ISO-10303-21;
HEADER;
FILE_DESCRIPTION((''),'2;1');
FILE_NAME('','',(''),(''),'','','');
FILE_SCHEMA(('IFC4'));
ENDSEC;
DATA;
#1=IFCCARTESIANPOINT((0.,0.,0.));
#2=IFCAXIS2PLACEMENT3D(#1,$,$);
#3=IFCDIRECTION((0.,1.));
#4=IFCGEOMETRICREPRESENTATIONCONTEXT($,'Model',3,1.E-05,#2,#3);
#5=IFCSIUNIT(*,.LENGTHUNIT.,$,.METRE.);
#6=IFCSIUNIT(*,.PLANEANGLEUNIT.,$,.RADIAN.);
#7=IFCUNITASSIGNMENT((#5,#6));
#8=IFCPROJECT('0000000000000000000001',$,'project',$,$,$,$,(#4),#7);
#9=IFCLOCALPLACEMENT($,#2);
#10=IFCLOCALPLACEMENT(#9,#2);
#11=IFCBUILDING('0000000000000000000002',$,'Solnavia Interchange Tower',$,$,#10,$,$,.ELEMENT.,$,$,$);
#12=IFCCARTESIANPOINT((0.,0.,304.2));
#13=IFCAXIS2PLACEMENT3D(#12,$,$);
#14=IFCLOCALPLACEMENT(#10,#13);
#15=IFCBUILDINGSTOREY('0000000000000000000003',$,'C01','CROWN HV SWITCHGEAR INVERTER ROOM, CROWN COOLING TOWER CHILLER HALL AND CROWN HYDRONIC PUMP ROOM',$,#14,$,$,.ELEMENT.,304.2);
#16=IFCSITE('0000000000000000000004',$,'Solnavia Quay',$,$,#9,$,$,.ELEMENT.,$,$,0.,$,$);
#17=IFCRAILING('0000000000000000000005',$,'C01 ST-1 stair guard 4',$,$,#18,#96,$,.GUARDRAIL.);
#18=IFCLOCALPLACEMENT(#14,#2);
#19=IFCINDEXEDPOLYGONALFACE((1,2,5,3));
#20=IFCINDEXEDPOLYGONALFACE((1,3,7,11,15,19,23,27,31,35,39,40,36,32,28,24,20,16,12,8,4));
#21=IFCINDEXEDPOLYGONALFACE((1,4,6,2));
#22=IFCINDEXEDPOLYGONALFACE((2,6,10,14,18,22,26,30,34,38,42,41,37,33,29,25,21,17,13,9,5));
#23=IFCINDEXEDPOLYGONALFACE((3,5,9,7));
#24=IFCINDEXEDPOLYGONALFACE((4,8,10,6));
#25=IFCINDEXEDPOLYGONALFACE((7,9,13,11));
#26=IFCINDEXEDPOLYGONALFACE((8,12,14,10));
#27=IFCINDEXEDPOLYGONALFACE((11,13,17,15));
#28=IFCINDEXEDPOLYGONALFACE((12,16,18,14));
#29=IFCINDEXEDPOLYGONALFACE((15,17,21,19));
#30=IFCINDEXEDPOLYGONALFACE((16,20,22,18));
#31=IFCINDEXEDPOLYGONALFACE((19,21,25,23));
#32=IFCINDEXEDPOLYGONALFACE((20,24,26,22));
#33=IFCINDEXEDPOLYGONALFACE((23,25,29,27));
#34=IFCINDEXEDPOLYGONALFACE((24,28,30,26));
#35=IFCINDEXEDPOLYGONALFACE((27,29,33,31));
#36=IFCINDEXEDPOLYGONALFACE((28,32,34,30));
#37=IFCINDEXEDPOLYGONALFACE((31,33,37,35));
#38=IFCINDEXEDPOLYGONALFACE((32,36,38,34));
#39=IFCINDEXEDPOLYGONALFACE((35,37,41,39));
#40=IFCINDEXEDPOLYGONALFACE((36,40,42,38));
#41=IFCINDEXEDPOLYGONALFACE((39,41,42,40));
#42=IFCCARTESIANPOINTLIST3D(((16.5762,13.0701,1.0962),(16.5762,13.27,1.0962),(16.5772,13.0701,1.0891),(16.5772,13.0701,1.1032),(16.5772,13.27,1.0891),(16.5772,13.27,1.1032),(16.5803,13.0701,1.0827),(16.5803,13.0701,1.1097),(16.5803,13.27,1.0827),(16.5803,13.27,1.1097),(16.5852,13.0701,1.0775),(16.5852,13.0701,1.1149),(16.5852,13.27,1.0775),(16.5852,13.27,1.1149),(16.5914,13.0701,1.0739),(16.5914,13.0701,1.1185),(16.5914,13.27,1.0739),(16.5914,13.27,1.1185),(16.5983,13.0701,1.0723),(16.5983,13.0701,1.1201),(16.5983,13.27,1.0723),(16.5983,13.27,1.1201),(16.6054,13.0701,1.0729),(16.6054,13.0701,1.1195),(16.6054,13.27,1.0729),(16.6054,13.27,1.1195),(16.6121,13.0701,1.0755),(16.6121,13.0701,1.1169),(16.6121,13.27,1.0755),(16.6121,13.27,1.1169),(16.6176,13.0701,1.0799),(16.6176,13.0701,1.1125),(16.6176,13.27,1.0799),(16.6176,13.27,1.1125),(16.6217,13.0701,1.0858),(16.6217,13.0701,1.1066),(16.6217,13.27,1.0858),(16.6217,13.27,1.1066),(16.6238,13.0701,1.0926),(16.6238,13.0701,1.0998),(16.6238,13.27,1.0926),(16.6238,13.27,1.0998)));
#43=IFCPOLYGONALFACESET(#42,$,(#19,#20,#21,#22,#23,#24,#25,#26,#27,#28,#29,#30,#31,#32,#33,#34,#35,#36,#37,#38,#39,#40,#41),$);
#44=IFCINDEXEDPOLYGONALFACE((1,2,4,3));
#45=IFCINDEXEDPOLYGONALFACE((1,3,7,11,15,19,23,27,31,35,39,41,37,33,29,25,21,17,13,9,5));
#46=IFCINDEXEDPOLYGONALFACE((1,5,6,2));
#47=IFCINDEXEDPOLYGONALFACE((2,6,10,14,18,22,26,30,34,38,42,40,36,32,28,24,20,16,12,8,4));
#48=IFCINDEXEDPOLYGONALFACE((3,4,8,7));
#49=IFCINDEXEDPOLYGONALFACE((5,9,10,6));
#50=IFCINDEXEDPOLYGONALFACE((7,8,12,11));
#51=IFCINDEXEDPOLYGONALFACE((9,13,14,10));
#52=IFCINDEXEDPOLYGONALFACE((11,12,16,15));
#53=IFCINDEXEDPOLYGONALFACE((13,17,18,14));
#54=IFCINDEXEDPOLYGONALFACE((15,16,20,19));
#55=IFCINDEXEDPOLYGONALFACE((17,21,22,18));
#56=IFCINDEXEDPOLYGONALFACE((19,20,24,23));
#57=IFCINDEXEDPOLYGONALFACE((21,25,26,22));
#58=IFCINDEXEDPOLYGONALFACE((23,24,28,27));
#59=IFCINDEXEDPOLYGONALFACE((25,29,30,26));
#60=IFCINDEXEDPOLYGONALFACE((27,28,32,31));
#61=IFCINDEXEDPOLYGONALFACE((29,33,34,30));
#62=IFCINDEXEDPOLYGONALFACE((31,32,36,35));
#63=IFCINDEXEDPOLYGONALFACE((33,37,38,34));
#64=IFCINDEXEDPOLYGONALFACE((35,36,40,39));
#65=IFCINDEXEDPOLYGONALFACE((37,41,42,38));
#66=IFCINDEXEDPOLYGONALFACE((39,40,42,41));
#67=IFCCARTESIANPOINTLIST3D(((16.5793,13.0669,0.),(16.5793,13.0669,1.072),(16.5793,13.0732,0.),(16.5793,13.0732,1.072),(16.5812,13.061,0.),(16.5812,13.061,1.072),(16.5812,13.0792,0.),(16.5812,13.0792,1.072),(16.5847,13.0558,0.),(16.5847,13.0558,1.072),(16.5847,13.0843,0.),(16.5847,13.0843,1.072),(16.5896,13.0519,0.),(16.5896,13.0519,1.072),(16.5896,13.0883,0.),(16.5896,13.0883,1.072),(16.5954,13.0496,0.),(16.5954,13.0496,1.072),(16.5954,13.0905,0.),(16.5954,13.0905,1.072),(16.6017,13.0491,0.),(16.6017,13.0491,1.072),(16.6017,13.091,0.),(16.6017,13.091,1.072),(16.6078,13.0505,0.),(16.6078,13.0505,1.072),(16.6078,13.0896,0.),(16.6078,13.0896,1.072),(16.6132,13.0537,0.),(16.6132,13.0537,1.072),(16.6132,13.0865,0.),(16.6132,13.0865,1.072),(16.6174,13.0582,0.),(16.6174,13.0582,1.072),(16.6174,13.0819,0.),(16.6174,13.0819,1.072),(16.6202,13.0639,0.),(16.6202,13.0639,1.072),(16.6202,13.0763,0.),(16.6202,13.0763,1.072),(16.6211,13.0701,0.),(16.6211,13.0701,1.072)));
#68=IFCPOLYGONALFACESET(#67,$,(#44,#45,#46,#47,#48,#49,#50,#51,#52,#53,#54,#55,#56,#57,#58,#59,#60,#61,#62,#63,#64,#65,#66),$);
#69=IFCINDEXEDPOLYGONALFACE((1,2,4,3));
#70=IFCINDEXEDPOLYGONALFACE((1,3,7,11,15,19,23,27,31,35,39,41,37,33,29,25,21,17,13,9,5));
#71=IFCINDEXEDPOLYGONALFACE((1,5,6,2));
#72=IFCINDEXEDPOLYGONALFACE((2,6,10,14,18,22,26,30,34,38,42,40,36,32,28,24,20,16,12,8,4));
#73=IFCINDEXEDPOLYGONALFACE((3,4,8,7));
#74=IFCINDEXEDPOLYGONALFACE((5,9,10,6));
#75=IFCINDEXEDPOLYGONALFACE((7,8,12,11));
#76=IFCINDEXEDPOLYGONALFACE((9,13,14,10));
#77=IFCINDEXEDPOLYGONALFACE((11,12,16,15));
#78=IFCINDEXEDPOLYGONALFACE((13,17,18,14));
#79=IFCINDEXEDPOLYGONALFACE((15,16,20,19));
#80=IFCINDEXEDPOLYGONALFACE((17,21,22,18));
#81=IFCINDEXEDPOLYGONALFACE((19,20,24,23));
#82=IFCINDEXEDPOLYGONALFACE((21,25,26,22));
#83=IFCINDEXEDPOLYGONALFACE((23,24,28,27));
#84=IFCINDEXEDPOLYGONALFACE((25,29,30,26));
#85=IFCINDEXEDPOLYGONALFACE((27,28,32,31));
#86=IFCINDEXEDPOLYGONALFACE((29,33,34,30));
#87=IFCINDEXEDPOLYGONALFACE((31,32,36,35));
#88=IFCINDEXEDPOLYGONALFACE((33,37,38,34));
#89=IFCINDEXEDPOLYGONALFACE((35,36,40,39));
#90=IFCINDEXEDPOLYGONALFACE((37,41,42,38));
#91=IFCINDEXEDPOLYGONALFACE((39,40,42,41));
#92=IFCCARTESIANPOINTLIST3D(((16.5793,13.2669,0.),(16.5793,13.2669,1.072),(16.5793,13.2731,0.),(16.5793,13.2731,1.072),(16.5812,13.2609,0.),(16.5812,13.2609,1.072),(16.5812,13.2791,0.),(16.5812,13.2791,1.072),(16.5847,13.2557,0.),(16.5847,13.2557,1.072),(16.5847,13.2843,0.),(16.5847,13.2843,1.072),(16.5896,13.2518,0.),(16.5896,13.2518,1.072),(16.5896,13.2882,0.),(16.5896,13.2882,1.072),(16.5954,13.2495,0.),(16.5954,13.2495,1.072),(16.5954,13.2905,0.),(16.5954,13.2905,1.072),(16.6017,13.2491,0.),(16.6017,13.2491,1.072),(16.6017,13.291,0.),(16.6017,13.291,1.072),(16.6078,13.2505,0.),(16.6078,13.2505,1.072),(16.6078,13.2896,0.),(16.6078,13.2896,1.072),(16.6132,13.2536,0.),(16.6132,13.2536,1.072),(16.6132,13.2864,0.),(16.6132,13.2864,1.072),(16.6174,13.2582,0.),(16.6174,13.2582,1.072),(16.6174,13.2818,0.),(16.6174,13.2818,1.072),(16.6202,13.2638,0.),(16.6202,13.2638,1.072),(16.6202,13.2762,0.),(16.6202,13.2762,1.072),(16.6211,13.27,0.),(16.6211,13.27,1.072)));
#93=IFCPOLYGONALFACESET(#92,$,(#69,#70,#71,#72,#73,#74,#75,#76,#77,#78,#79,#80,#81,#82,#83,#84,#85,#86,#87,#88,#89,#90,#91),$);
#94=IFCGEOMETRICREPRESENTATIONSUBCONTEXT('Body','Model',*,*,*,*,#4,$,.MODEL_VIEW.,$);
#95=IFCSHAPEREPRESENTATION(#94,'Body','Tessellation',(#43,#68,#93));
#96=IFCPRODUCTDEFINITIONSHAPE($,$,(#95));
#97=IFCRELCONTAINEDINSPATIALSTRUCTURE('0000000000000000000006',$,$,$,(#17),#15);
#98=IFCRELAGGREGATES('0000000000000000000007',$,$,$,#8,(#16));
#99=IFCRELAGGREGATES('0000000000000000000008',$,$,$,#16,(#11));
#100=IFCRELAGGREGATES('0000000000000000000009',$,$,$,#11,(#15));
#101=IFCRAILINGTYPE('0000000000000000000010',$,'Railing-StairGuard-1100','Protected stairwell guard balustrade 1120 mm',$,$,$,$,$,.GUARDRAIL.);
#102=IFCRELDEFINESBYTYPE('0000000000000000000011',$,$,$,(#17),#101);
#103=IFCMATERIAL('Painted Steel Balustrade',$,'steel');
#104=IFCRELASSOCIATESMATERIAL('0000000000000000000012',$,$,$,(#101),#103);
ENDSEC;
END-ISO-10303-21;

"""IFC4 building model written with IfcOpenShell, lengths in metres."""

from ifc_helpers import new_model, si_unit, direction, frame, origin, origin_2d, place, context, subcontext, project, spatial, circle, extrude, material, type_object, element, save


model = new_model("IFC4")

# Units and contexts
model_context = context("Model", 3, precision=1e-05, world=origin(), true_north=direction((0.0, 1.0)))
body_context = subcontext(model_context, "Body", "Model", "MODEL_VIEW")
ifc_project = project(units=[si_unit("LENGTHUNIT", "METRE"), si_unit("PLANEANGLEUNIT", "RADIAN")], contexts=[model_context])

# Site, building, storey
site_placement = place(None, origin())
site = spatial("IfcSite", under=ifc_project, at=site_placement, Name="Solnavia Quay", CompositionType="ELEMENT", RefElevation=0.0)
building_placement = place(site_placement, origin())
building = spatial("IfcBuilding", under=site, at=building_placement, Name="Solnavia Interchange Tower", CompositionType="ELEMENT")
storey_placement = place(building_placement, frame((0.0, 0.0, 304.2)))
storey = spatial("IfcBuildingStorey", under=building, at=storey_placement, Name="C01", Description="CROWN HV SWITCHGEAR INVERTER ROOM, CROWN COOLING TOWER CHILLER HALL AND CROWN HYDRONIC PUMP ROOM", CompositionType="ELEMENT", Elevation=304.2)

# Railing
ifc_material_1 = material(Name="Painted Steel Balustrade", Category="steel")
railing_type_1 = type_object("IfcRailingType", Name="Railing-StairGuard-1100", Description="Protected stairwell guard balustrade 1120 mm", PredefinedType="GUARDRAIL", material=ifc_material_1)
railing_1_placement = place(storey_placement, frame((16.6001, 13.0701, 0.0)))
element("IfcRailing", 1, at=railing_1_placement, inside=storey, type_object=railing_type_1, Name="C01 ST-1 stair guard 4", PredefinedType="GUARDRAIL", context=body_context, shape_type="SweptSolid", body=[
    extrude(circle(Radius=0.0239, at=origin_2d()), frame((0.0, 0.0, 1.0962), z_axis=(0.0, 1.0, 0.0), x_axis=(-1.0, 0.0, 0.0)), (0.0, 0.0, 1.0), 0.2),
    extrude(circle(Radius=0.021, at=origin_2d()), origin(), (0.0, 0.0, 1.0), 1.072),
    extrude(circle(Radius=0.021, at=origin_2d()), frame((0.0, 0.2, 0.0)), (0.0, 0.0, 1.0), 1.072),
])

save(model, "model.ifc")
